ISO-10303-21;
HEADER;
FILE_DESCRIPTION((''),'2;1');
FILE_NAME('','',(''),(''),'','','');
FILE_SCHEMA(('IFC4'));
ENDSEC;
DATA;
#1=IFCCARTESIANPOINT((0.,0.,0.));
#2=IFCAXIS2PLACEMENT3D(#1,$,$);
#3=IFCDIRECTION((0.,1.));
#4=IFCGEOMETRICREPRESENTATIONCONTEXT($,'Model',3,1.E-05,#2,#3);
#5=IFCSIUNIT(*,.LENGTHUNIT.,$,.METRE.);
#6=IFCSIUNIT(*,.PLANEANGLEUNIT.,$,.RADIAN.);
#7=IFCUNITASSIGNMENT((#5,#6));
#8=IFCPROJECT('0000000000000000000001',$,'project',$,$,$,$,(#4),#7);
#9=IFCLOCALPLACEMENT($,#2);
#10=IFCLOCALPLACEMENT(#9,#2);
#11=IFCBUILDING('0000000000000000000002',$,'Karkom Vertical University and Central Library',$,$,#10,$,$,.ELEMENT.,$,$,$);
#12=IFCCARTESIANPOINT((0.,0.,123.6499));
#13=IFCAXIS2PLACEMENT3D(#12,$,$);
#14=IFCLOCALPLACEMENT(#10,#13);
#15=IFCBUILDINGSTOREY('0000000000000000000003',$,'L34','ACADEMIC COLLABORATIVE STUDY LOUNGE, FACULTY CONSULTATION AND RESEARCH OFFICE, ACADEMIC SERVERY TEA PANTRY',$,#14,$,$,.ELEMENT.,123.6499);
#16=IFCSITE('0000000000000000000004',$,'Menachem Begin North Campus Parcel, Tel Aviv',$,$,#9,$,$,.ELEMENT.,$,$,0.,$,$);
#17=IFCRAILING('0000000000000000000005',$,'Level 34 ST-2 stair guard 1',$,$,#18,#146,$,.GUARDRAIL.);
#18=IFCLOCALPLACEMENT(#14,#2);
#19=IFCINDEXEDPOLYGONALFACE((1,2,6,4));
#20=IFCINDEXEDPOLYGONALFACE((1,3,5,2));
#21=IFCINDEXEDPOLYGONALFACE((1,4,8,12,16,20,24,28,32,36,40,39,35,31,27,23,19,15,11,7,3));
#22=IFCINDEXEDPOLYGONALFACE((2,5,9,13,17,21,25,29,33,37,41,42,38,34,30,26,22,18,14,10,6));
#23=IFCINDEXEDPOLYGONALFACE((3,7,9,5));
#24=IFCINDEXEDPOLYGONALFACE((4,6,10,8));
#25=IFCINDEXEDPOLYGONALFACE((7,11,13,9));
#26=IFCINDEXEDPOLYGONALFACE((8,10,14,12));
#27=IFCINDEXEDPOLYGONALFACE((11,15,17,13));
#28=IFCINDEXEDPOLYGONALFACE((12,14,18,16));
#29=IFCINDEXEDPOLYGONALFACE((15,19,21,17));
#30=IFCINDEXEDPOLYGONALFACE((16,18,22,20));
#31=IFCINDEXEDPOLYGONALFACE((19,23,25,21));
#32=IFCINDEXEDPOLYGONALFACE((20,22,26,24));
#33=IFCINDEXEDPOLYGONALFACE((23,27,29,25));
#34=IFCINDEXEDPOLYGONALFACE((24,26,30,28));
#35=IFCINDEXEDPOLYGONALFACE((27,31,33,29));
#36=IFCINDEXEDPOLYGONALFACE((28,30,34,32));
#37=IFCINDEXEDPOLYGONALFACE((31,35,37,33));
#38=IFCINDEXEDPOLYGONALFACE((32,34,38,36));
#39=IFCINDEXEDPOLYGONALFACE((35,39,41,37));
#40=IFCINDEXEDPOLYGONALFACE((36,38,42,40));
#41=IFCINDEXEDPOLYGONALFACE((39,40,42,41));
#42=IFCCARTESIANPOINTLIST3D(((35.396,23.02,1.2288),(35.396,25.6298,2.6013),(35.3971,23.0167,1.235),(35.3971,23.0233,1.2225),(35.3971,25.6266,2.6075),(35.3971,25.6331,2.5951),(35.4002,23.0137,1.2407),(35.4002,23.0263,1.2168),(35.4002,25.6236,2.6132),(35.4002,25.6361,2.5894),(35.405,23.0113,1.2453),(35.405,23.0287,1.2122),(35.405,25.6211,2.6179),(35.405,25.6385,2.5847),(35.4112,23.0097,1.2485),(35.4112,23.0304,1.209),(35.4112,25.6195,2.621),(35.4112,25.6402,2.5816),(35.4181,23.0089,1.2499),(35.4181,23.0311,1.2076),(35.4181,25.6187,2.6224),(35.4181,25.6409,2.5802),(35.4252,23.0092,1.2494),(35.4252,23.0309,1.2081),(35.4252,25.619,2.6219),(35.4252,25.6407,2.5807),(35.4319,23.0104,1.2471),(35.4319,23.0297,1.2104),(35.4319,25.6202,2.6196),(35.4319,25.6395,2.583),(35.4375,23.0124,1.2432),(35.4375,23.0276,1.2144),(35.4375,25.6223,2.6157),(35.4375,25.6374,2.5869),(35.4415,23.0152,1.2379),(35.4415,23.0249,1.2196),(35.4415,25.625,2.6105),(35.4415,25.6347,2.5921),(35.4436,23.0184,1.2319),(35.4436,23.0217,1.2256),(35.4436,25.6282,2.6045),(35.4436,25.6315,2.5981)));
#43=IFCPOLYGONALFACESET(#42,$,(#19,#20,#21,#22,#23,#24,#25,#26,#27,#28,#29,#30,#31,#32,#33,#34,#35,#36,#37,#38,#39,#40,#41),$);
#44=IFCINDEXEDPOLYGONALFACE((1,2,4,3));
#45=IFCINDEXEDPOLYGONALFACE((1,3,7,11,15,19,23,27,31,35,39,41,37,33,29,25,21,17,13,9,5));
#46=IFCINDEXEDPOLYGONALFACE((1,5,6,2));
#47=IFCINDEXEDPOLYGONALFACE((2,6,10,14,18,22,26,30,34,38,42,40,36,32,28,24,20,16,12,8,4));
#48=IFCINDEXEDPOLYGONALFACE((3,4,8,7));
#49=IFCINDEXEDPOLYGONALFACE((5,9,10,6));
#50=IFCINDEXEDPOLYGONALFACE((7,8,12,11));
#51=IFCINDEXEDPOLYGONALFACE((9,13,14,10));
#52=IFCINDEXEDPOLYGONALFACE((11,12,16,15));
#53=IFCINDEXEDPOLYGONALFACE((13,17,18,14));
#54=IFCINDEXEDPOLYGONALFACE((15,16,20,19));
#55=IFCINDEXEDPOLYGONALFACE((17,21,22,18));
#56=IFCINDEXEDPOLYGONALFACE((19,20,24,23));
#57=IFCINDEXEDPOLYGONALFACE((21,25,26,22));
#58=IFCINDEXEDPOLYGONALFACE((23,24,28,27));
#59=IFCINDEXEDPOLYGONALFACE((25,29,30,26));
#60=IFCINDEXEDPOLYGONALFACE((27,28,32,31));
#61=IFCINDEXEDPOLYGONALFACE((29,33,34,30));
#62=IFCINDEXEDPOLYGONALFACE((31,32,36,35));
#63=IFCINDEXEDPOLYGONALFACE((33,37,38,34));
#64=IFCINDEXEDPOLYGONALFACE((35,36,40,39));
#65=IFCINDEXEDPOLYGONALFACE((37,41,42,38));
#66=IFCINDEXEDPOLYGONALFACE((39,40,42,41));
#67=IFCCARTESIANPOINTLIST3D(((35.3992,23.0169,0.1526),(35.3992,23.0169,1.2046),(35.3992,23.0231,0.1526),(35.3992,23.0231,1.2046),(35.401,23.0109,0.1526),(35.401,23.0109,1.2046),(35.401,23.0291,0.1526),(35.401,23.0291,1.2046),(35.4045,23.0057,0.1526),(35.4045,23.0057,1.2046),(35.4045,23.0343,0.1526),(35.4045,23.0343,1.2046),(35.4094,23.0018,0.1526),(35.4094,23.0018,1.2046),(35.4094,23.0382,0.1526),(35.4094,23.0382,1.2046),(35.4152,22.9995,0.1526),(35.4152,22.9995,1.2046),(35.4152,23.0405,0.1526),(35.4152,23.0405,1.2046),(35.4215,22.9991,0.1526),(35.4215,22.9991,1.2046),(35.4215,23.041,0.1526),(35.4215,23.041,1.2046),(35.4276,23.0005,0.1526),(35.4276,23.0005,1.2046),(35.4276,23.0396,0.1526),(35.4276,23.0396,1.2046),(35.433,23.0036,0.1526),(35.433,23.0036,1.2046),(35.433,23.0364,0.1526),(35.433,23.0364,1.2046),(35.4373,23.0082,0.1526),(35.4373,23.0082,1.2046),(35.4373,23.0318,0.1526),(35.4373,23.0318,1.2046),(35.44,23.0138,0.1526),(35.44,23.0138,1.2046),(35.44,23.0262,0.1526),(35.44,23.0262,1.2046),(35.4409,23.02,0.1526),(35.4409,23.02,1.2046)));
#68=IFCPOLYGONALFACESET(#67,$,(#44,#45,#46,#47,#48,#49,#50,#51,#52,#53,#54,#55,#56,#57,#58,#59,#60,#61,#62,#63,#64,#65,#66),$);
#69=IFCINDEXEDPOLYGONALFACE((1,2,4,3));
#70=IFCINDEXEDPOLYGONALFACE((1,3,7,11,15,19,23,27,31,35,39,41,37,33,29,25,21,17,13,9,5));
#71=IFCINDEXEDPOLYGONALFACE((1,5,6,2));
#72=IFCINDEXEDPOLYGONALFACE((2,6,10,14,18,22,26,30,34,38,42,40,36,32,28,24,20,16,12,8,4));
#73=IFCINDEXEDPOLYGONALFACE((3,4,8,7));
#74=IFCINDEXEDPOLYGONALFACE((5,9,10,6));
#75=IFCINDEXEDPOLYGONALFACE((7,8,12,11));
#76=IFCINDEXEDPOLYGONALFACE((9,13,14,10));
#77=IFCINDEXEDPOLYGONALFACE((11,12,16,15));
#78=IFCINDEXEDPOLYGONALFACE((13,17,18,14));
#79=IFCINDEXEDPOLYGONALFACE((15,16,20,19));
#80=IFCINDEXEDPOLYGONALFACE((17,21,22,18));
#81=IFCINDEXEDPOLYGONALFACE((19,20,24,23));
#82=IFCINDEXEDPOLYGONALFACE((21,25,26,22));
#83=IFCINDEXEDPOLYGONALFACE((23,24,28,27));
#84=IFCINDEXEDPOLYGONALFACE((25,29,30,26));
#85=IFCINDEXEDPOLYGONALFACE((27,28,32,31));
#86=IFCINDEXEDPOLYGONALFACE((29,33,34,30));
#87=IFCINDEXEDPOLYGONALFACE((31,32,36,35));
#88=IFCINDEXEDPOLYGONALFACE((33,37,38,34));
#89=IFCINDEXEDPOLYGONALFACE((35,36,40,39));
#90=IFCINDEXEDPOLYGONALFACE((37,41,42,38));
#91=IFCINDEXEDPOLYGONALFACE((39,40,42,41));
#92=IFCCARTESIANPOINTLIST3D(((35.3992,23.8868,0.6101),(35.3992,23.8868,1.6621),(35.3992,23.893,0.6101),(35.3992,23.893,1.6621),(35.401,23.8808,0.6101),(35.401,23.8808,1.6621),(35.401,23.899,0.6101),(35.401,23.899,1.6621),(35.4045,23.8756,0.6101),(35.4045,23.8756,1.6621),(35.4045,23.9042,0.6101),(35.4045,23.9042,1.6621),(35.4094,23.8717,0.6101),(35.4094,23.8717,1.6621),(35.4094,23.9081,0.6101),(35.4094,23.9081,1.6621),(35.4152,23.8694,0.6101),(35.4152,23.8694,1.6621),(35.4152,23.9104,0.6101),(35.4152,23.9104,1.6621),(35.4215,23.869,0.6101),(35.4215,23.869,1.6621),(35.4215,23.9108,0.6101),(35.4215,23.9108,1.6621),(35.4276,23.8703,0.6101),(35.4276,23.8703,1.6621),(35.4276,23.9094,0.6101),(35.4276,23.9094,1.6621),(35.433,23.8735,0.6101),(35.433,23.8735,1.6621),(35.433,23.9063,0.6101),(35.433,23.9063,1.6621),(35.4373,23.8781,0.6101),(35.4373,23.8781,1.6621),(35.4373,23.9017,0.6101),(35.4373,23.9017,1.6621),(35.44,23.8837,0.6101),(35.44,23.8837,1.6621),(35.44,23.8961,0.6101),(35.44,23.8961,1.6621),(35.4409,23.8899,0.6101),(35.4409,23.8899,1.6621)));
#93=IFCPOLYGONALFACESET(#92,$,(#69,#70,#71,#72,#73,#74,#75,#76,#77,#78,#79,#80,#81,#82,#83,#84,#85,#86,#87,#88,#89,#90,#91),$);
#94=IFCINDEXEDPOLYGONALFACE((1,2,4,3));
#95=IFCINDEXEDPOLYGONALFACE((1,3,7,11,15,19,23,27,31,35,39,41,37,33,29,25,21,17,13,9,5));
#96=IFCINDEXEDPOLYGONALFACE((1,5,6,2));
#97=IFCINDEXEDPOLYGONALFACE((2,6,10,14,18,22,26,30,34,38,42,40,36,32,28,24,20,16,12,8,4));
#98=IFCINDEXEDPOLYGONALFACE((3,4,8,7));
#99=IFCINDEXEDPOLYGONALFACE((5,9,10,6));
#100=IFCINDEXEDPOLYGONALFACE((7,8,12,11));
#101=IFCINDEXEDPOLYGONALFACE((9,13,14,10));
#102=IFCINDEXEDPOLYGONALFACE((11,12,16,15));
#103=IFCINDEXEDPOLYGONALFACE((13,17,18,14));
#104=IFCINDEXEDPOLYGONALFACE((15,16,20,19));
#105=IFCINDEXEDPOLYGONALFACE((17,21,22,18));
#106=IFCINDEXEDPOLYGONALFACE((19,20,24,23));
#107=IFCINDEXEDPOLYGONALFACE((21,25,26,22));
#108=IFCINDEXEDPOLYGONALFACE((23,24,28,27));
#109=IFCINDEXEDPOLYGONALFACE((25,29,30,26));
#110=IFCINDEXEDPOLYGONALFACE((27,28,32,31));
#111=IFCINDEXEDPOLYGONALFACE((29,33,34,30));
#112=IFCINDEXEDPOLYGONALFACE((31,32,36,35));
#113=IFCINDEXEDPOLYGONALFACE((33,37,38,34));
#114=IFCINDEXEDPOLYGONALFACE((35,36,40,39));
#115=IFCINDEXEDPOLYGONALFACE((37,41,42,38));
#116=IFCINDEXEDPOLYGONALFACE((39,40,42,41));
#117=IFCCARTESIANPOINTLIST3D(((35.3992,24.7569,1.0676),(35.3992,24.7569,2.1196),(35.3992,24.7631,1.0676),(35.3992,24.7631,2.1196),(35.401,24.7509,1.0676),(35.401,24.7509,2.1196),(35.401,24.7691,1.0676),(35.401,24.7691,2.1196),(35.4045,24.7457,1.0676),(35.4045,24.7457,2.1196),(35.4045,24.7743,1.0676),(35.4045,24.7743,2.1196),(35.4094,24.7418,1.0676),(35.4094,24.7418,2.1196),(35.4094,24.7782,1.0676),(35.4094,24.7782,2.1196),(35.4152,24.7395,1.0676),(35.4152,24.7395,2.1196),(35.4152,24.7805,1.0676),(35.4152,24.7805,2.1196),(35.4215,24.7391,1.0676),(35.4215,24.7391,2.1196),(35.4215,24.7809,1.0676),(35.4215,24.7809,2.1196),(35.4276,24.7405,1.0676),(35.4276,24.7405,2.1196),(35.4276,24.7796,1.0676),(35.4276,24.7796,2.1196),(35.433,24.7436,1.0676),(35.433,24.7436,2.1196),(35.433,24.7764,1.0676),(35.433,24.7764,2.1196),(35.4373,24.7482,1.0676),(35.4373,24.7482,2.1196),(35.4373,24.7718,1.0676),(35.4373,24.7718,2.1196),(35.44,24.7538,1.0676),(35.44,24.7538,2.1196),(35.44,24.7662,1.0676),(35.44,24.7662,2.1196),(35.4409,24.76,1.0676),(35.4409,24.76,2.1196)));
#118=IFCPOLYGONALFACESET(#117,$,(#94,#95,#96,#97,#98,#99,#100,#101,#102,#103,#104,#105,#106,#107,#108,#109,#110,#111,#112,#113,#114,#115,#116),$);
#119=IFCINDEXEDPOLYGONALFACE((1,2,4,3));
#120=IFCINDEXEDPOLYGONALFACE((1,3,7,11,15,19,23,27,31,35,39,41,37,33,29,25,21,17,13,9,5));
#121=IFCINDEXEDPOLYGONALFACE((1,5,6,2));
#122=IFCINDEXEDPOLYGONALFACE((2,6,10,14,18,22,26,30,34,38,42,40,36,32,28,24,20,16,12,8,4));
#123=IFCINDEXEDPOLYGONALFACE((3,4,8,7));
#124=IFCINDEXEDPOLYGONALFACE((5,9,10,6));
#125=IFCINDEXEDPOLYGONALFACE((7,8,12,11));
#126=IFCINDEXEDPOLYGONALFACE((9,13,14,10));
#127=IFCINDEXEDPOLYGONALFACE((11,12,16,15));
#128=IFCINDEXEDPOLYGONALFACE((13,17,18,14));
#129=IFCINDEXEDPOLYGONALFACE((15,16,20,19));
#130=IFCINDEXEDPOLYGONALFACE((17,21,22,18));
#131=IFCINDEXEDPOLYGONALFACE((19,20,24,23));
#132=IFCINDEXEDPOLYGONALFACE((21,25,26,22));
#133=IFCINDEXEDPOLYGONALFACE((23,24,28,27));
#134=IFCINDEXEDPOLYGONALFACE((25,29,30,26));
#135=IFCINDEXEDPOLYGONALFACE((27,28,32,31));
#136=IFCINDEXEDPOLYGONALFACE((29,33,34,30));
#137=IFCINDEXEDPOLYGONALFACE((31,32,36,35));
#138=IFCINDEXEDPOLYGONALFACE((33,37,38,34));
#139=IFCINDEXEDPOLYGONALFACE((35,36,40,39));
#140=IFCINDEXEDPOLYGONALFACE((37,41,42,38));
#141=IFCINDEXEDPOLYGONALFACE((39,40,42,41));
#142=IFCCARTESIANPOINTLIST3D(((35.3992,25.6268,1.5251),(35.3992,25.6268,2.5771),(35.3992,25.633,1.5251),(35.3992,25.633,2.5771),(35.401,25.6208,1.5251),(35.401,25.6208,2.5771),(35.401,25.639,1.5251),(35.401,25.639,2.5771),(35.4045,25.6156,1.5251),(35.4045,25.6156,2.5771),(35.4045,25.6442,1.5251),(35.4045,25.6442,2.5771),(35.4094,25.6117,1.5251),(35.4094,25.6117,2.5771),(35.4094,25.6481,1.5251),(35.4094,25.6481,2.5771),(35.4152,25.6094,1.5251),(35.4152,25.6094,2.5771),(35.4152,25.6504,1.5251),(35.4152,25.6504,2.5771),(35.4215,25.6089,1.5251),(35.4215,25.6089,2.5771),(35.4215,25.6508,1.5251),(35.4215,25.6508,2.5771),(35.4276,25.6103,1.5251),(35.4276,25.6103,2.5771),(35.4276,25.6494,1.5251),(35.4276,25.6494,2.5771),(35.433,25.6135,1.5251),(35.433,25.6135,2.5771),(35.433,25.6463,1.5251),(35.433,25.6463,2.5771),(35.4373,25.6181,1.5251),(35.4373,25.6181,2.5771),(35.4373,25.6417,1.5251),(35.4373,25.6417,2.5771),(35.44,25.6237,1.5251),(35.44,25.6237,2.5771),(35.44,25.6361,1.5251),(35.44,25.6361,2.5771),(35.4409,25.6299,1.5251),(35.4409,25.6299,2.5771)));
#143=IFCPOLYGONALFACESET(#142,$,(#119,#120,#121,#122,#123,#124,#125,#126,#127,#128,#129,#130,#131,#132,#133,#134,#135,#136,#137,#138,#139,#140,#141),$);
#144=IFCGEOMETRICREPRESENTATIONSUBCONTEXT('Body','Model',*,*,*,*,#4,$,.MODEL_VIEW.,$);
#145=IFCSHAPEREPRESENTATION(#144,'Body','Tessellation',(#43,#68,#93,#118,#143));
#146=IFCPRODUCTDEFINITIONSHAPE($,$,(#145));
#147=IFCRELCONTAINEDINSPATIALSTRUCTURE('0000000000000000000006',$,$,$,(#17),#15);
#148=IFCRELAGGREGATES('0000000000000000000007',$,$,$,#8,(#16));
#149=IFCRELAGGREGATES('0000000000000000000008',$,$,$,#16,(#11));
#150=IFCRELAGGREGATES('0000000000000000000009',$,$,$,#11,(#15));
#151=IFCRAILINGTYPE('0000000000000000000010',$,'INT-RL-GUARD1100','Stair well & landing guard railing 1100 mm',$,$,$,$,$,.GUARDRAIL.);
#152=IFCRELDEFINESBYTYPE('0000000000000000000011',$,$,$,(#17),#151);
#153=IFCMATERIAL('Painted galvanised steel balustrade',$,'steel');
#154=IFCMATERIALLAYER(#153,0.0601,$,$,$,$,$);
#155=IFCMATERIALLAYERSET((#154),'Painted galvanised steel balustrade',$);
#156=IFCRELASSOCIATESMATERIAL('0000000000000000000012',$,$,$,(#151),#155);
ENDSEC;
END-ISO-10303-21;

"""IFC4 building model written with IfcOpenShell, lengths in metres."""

from ifc_helpers import new_model, si_unit, direction, frame, origin, origin_2d, place, context, subcontext, project, spatial, circle, extrude, material, layer, layer_set, type_object, element, save


model = new_model("IFC4")

# Units and contexts
model_context = context("Model", 3, precision=1e-05, world=origin(), true_north=direction((0.0, 1.0)))
body_context = subcontext(model_context, "Body", "Model", "MODEL_VIEW")
ifc_project = project(units=[si_unit("LENGTHUNIT", "METRE"), si_unit("PLANEANGLEUNIT", "RADIAN")], contexts=[model_context])

# Site, building, storey
site_placement = place(None, origin())
site = spatial("IfcSite", under=ifc_project, at=site_placement, Name="Menachem Begin North Campus Parcel, Tel Aviv", CompositionType="ELEMENT", RefElevation=0.0)
building_placement = place(site_placement, origin())
building = spatial("IfcBuilding", under=site, at=building_placement, Name="Karkom Vertical University and Central Library", CompositionType="ELEMENT")
storey_placement = place(building_placement, frame((0.0, 0.0, 123.6499)))
storey = spatial("IfcBuildingStorey", under=building, at=storey_placement, Name="L34", Description="ACADEMIC COLLABORATIVE STUDY LOUNGE, FACULTY CONSULTATION AND RESEARCH OFFICE, ACADEMIC SERVERY TEA PANTRY", CompositionType="ELEMENT", Elevation=123.6499)

# Railing
ifc_material_1 = material(Name="Painted galvanised steel balustrade", Category="steel")
ifc_layer_1 = layer(ifc_material_1, 0.0601)
ifc_layer_set_1 = layer_set([ifc_layer_1], Name="Painted galvanised steel balustrade")
railing_type_1 = type_object("IfcRailingType", Name="INT-RL-GUARD1100", Description="Stair well & landing guard railing 1100 mm", PredefinedType="GUARDRAIL", material=ifc_layer_set_1)
railing_1_placement = place(storey_placement, frame((35.4199, 23.02, 0.1526)))
element("IfcRailing", 1, at=railing_1_placement, inside=storey, type_object=railing_type_1, Name="Level 34 ST-2 stair guard 1", PredefinedType="GUARDRAIL", context=body_context, shape_type="SweptSolid", body=[
    extrude(circle(Radius=0.0239, at=origin_2d()), frame((0.0, 0.0, 1.0762), z_axis=(0.0, 0.885065, 0.465467), x_axis=(-1.0, 0.0, 0.0)), (0.0, 0.0, 1.0), 2.9487),
    extrude(circle(Radius=0.021, at=origin_2d()), origin(), (0.0, 0.0, 1.0), 1.052),
    extrude(circle(Radius=0.021, at=origin_2d()), frame((0.0, 0.8699, 0.4575)), (0.0, 0.0, 1.0), 1.052),
    extrude(circle(Radius=0.021, at=origin_2d()), frame((0.0, 1.74, 0.915)), (0.0, 0.0, 1.0), 1.052),
    extrude(circle(Radius=0.021, at=origin_2d()), frame((0.0, 2.6099, 1.3726)), (0.0, 0.0, 1.0), 1.052),
])

save(model, "model.ifc")
